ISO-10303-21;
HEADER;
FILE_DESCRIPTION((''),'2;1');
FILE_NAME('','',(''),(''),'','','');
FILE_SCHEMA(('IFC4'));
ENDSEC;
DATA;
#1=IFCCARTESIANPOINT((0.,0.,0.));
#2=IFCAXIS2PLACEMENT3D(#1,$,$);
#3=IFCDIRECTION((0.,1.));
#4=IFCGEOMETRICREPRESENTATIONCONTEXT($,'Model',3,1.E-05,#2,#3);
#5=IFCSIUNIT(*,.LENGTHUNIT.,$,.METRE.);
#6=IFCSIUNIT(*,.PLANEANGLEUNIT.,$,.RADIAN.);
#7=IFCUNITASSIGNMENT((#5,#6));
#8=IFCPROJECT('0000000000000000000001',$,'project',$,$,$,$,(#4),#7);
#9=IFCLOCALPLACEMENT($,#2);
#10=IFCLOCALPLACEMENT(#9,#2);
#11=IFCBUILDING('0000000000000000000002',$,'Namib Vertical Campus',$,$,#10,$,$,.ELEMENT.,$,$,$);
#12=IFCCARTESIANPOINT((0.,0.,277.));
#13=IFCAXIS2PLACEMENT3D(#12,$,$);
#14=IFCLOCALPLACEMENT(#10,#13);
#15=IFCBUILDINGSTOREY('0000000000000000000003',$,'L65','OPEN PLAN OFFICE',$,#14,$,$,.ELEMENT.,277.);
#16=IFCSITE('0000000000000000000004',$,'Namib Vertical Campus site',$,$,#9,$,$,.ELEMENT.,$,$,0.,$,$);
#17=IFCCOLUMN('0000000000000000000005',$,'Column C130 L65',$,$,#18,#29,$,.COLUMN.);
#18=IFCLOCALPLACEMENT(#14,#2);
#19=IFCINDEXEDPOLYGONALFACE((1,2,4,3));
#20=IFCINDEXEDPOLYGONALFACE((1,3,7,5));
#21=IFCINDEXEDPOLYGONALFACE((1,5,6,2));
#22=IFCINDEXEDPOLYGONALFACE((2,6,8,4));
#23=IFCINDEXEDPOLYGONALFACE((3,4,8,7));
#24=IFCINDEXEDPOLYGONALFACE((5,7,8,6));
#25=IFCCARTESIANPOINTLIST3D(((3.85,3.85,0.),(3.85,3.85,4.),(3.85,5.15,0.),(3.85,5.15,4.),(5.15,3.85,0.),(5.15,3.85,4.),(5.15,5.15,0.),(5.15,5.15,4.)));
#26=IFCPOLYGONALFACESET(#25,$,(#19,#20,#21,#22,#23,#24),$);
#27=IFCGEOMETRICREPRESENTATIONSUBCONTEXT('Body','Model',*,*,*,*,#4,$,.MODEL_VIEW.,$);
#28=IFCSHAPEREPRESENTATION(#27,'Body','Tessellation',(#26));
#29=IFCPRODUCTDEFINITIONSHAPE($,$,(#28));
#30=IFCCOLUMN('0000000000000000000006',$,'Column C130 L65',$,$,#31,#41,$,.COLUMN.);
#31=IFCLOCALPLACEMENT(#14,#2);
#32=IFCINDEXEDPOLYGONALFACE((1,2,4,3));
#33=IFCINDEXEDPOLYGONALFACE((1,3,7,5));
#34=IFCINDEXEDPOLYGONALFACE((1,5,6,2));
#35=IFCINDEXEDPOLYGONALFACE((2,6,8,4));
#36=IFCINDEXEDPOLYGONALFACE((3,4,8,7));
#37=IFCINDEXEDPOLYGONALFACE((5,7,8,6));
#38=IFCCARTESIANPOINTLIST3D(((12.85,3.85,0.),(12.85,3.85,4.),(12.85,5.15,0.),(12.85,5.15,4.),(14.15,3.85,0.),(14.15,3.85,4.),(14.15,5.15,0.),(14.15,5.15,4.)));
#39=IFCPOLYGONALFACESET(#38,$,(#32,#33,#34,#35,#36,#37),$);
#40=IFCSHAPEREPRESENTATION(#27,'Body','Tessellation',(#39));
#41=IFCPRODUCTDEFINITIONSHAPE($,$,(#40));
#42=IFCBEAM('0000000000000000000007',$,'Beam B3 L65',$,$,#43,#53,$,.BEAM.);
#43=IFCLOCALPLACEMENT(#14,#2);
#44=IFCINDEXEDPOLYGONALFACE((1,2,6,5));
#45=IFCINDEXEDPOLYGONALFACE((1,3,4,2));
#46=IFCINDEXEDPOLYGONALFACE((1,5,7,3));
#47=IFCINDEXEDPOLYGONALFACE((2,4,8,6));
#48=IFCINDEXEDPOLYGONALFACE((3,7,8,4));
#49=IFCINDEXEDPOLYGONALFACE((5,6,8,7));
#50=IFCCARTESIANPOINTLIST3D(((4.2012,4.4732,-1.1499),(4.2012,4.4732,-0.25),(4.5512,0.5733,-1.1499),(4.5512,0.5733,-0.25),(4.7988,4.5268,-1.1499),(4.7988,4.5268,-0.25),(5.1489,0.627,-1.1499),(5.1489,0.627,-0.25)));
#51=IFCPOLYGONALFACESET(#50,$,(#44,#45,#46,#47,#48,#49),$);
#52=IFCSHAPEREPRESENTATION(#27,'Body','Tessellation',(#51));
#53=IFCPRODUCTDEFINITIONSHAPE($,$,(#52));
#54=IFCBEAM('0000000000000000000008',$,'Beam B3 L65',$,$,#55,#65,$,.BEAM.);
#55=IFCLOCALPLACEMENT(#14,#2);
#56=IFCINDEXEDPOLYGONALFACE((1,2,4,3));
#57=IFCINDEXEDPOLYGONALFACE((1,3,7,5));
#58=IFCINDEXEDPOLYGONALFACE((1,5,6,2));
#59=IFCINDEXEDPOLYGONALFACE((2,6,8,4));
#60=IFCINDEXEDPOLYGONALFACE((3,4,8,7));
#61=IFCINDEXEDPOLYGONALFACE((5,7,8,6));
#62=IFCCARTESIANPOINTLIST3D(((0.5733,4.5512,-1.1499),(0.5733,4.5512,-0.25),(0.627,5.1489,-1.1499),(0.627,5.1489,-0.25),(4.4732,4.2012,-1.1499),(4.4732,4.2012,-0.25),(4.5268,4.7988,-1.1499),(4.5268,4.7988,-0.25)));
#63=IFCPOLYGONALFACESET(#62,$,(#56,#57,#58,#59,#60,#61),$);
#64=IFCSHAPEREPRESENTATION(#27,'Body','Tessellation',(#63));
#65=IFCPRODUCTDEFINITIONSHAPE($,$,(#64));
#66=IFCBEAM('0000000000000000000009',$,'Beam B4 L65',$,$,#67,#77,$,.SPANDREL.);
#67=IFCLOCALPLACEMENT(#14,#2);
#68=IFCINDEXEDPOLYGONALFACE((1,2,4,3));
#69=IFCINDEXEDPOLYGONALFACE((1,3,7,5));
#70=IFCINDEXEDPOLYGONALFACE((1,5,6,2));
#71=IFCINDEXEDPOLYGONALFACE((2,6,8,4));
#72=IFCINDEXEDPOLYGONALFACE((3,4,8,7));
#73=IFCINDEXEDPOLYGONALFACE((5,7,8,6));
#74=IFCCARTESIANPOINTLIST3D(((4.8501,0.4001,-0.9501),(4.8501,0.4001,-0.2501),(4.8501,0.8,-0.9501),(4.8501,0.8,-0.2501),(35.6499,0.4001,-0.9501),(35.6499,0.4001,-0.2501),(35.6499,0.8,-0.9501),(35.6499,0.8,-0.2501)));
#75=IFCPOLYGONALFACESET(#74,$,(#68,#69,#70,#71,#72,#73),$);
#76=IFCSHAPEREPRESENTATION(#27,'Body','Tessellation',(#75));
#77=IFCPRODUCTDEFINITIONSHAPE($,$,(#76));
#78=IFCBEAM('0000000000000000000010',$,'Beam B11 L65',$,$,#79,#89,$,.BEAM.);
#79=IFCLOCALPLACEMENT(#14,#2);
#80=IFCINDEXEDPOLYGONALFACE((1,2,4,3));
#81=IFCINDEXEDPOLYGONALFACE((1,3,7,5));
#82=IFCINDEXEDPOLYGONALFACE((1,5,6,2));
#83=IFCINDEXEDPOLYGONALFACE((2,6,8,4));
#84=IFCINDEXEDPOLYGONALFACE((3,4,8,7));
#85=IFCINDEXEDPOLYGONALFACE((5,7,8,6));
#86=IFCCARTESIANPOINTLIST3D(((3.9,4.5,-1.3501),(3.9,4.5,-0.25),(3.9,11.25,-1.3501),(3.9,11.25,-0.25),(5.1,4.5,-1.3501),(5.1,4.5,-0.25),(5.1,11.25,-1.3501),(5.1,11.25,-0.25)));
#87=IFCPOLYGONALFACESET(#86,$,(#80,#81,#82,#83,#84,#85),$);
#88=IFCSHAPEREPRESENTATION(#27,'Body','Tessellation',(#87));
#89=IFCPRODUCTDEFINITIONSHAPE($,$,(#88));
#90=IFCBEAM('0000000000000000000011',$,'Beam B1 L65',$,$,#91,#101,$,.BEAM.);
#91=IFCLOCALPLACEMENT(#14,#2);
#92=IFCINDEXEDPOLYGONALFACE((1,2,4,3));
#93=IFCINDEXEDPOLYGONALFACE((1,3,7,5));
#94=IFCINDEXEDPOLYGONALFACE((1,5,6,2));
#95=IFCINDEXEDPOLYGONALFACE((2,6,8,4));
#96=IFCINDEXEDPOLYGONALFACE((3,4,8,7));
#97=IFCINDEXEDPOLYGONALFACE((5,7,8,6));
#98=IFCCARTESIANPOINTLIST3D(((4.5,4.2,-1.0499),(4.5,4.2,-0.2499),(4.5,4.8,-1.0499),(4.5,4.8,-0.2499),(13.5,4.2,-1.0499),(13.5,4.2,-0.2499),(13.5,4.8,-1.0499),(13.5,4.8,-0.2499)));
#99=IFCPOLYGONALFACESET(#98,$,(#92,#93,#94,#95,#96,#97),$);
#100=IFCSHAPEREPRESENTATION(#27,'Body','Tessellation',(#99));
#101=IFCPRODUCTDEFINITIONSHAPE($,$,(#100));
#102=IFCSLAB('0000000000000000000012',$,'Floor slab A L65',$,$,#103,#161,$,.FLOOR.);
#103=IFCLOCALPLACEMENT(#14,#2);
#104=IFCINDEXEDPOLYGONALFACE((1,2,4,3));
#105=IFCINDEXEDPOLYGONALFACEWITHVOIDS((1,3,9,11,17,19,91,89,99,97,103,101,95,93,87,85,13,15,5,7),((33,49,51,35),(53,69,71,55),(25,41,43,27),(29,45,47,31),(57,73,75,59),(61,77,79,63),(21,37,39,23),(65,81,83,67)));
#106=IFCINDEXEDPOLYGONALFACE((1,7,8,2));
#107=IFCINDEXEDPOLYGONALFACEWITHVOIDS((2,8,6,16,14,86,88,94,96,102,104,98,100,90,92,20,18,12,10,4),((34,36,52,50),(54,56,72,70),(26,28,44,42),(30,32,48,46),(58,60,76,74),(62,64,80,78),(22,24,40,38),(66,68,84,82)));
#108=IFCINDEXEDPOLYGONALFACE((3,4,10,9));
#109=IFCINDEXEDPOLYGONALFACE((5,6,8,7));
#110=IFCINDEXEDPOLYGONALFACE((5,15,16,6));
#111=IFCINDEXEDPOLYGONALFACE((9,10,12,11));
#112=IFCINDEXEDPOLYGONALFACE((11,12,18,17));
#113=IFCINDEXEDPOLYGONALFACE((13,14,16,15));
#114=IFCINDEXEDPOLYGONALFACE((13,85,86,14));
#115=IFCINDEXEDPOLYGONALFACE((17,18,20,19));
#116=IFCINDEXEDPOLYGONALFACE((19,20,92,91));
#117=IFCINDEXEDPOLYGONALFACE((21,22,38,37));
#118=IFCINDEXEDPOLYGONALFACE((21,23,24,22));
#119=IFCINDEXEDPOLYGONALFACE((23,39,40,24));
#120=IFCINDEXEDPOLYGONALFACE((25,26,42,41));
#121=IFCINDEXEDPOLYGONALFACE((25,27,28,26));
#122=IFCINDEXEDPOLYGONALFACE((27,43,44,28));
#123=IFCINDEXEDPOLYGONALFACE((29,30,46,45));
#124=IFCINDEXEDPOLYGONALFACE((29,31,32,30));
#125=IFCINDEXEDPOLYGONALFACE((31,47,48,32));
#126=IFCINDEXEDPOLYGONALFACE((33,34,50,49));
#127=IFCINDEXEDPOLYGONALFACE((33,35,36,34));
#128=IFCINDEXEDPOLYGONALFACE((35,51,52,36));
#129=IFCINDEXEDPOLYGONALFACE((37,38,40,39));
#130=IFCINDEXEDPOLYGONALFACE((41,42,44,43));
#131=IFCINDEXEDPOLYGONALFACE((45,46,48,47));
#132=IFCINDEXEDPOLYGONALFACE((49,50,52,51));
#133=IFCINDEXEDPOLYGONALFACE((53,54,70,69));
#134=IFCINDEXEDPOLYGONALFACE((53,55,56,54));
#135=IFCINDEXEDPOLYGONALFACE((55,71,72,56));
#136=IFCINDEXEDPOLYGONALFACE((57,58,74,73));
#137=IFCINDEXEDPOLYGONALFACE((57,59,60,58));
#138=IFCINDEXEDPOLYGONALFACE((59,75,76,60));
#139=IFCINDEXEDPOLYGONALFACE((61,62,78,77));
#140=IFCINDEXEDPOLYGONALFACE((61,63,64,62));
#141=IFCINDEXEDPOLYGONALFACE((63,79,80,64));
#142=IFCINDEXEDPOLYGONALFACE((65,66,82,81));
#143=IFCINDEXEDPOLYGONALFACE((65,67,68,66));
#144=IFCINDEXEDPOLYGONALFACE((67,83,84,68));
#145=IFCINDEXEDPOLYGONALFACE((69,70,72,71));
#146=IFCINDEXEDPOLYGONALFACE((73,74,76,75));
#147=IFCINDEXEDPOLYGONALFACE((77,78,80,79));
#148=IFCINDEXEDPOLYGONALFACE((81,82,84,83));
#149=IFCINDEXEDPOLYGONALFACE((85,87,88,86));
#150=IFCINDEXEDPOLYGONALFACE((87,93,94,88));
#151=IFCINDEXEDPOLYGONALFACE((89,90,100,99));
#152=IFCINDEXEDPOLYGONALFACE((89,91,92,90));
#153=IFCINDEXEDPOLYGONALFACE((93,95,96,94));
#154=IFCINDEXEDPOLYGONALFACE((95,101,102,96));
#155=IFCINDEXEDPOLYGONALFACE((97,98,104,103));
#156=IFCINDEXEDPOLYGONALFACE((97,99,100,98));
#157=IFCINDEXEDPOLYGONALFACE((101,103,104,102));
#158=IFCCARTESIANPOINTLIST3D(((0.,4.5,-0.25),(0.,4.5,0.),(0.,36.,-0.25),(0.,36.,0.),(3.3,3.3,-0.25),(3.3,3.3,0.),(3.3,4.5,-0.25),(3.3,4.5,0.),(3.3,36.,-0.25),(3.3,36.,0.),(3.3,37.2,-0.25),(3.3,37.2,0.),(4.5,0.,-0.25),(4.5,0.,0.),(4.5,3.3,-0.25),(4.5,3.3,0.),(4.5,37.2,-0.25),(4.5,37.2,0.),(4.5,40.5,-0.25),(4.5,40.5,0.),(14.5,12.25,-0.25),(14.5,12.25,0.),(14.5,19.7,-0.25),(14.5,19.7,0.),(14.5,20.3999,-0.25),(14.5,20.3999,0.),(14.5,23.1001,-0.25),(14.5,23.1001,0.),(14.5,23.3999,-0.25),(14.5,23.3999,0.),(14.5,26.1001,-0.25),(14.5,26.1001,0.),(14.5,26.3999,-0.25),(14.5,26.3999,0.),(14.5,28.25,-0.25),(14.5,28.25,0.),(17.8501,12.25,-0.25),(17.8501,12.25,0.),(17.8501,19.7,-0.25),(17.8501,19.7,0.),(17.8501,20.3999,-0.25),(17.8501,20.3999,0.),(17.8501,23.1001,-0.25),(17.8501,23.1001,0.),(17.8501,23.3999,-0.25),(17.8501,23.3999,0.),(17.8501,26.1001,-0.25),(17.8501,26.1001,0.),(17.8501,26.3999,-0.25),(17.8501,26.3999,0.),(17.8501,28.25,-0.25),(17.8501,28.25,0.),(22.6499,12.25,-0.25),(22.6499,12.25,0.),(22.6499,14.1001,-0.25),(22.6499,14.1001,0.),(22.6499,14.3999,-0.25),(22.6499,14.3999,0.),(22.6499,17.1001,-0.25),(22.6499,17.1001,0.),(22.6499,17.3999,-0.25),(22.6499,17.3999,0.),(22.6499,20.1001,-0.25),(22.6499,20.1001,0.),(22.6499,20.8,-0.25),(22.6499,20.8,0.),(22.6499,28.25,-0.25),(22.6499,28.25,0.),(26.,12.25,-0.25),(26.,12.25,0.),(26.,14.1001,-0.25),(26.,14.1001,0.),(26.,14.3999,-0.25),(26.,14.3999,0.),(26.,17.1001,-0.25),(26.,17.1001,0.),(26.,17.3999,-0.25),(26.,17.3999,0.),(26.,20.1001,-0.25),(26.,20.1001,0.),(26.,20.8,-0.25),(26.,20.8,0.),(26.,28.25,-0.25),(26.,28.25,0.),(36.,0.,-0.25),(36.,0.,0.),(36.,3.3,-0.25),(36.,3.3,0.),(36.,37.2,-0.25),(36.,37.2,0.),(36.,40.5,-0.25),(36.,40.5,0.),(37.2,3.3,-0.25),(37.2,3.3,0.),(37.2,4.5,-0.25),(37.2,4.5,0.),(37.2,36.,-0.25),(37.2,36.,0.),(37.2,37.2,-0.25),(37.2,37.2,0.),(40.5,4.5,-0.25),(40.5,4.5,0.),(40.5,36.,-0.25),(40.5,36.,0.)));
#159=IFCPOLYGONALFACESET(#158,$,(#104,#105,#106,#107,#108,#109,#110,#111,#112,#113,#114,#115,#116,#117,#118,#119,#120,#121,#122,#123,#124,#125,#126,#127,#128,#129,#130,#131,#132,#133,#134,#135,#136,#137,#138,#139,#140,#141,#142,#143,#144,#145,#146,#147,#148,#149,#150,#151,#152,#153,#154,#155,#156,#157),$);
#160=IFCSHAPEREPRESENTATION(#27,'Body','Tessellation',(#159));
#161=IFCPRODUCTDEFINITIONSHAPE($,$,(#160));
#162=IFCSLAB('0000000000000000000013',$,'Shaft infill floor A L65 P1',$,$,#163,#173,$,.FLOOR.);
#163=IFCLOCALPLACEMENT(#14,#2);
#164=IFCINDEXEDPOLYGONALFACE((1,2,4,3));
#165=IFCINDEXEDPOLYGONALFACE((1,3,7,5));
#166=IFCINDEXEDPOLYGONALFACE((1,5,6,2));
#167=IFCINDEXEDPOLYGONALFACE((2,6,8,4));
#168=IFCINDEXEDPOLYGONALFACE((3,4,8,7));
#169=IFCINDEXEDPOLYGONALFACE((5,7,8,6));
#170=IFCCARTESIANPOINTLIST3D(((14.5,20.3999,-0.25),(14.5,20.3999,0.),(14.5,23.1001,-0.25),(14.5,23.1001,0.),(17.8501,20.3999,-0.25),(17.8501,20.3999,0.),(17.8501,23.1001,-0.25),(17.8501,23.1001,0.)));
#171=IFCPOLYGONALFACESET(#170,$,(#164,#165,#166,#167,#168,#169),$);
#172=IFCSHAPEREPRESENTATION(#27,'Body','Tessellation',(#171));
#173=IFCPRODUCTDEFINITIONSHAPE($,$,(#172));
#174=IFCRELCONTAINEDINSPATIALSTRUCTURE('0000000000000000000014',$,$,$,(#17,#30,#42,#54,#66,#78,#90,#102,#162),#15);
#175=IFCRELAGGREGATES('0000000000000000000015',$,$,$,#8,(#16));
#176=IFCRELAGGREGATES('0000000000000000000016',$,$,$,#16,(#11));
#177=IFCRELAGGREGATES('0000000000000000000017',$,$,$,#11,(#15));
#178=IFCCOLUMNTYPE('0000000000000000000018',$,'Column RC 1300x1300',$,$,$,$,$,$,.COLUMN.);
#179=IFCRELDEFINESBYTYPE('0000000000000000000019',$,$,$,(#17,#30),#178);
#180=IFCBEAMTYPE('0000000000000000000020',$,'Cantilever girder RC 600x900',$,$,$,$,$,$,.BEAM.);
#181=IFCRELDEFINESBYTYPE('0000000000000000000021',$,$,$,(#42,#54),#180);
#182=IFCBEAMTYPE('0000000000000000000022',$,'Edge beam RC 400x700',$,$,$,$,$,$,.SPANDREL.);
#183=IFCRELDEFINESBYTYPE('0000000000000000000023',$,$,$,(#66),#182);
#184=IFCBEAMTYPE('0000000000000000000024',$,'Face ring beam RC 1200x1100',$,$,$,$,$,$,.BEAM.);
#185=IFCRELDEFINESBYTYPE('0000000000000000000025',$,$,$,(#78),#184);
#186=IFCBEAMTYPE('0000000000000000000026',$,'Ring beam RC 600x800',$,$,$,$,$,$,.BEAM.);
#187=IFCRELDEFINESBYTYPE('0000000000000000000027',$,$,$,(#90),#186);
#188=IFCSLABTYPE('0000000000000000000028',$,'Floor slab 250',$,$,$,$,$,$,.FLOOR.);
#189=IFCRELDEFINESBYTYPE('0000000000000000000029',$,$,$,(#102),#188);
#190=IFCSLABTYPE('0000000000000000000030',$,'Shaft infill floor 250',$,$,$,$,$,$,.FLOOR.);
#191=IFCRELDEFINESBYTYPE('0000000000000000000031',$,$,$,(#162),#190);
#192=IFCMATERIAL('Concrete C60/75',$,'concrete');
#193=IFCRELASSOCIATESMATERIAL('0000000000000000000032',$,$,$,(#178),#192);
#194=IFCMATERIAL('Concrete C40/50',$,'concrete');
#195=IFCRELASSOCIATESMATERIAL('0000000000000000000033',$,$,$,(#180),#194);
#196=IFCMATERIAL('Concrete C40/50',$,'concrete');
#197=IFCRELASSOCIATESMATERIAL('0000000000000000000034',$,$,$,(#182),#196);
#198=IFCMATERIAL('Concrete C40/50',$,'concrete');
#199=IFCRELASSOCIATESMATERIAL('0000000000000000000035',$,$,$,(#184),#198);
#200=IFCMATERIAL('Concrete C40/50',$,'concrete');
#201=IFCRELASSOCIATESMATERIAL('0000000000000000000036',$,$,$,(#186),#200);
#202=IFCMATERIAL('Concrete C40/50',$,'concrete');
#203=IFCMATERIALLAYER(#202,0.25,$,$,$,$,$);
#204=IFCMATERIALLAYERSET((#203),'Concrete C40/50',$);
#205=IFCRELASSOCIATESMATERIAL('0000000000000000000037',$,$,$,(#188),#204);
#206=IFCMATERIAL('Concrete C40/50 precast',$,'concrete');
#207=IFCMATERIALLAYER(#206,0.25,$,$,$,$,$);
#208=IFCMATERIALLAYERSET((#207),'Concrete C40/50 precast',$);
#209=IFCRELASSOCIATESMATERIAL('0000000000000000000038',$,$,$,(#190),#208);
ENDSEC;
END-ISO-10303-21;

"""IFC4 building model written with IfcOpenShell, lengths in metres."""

from ifc_helpers import new_model, si_unit, direction, frame, origin, origin_2d, place, context, subcontext, project, spatial, polyline, rectangle, outline, extrude, material, layer, layer_set, material_profile, profile_set, type_object, element, save


model = new_model("IFC4")

# Units and contexts
model_context = context("Model", 3, precision=1e-05, world=origin(), true_north=direction((0.0, 1.0)))
body_context = subcontext(model_context, "Body", "Model", "MODEL_VIEW")
ifc_project = project(units=[si_unit("LENGTHUNIT", "METRE"), si_unit("PLANEANGLEUNIT", "RADIAN")], contexts=[model_context])

# Site, building, storey
site_placement = place(None, origin())
site = spatial("IfcSite", under=ifc_project, at=site_placement, Name="Namib Vertical Campus site", CompositionType="ELEMENT", RefElevation=0.0)
building_placement = place(site_placement, origin())
building = spatial("IfcBuilding", under=site, at=building_placement, Name="Namib Vertical Campus", CompositionType="ELEMENT")
storey_placement = place(building_placement, frame((0.0, 0.0, 277.0)))
storey = spatial("IfcBuildingStorey", under=building, at=storey_placement, Name="L65", Description="OPEN PLAN OFFICE", CompositionType="ELEMENT", Elevation=277.0)

# Columns
ifc_material_1 = material(Name="Concrete C60/75", Category="concrete")
ifc_material_profile_1 = material_profile(ifc_material_1, rectangle(XDim=1.3, YDim=1.3, at=origin_2d()))
ifc_profile_set_1 = profile_set([ifc_material_profile_1], Name="Concrete C60/75")
column_type = type_object("IfcColumnType", Name="Column RC 1300x1300", PredefinedType="COLUMN", material=ifc_profile_set_1)
for number, where, z_axis, x_axis, name in (
    (1, (4.5, 4.5, 0.0), (0.0, 0.0, 1.0), (1.0, 0.0, 0.0), "Column C130 L65"),
    (2, (13.5, 4.5, 0.0), (0.0, 0.0, 1.0), (1.0, 0.0, 0.0), "Column C130 L65"),
):
    element("IfcColumn", number, at=place(storey_placement, frame(where, z_axis=z_axis, x_axis=x_axis)), inside=storey, type_object=column_type, Name=name, PredefinedType="COLUMN", context=body_context, shape_type="SweptSolid", body=[
        extrude(rectangle(XDim=1.3, YDim=1.3, at=origin_2d()), origin(), (0.0, 0.0, 1.0), 4.0),
    ])

# Beams
ifc_material_2 = material(Name="Concrete C40/50", Category="concrete")
ifc_material_profile_2 = material_profile(ifc_material_2, rectangle(XDim=0.6001, YDim=0.8999, at=origin_2d()))
ifc_profile_set_2 = profile_set([ifc_material_profile_2], Name="Concrete C40/50")
beam_type_1 = type_object("IfcBeamType", Name="Cantilever girder RC 600x900", PredefinedType="BEAM", material=ifc_profile_set_2)
for number, where, z_axis, x_axis, name in (
    (3, (4.5, 4.5, -0.7), (0.089411, -0.995995, 0.0), (0.995995, 0.089411, 0.0), "Beam B3 L65"),
    (4, (4.5, 4.5, -0.7), (-0.995995, 0.089411, 0.0), (-0.089411, -0.995995, 0.0), "Beam B3 L65"),
):
    element("IfcBeam", number, at=place(storey_placement, frame(where, z_axis=z_axis, x_axis=x_axis)), inside=storey, type_object=beam_type_1, Name=name, PredefinedType="BEAM", context=body_context, shape_type="SweptSolid", body=[
        extrude(rectangle(XDim=0.6001, YDim=0.8999, at=origin_2d()), origin(), (0.0, 0.0, 1.0), 3.9155),
    ])
ifc_material_3 = material(Name="Concrete C40/50", Category="concrete")
ifc_material_profile_3 = material_profile(ifc_material_3, rectangle(XDim=0.3999, YDim=0.7, at=origin_2d()))
ifc_profile_set_3 = profile_set([ifc_material_profile_3], Name="Concrete C40/50")
beam_type_2 = type_object("IfcBeamType", Name="Edge beam RC 400x700", PredefinedType="SPANDREL", material=ifc_profile_set_3)
beam_1_placement = place(storey_placement, frame((4.8501, 0.6001, -0.6001), z_axis=(1.0, 0.0, 0.0), x_axis=(0.0, 1.0, 0.0)))
element("IfcBeam", 5, at=beam_1_placement, inside=storey, type_object=beam_type_2, Name="Beam B4 L65", PredefinedType="SPANDREL", context=body_context, shape_type="SweptSolid", body=[
    extrude(rectangle(XDim=0.3999, YDim=0.7, at=origin_2d()), origin(), (0.0, 0.0, 1.0), 30.7998),
])
ifc_material_4 = material(Name="Concrete C40/50", Category="concrete")
ifc_material_profile_4 = material_profile(ifc_material_4, rectangle(XDim=1.2, YDim=1.1001, at=origin_2d()))
ifc_profile_set_4 = profile_set([ifc_material_profile_4], Name="Concrete C40/50")
beam_type_3 = type_object("IfcBeamType", Name="Face ring beam RC 1200x1100", PredefinedType="BEAM", material=ifc_profile_set_4)
beam_2_placement = place(storey_placement, frame((4.5, 4.5, -0.8), z_axis=(0.0, 1.0, 0.0), x_axis=(-1.0, 0.0, 0.0)))
element("IfcBeam", 6, at=beam_2_placement, inside=storey, type_object=beam_type_3, Name="Beam B11 L65", PredefinedType="BEAM", context=body_context, shape_type="SweptSolid", body=[
    extrude(rectangle(XDim=1.2, YDim=1.1001, at=origin_2d()), origin(), (0.0, 0.0, 1.0), 6.75),
])
ifc_material_5 = material(Name="Concrete C40/50", Category="concrete")
ifc_material_profile_5 = material_profile(ifc_material_5, rectangle(XDim=0.6001, YDim=0.8, at=origin_2d()))
ifc_profile_set_5 = profile_set([ifc_material_profile_5], Name="Concrete C40/50")
beam_type_4 = type_object("IfcBeamType", Name="Ring beam RC 600x800", PredefinedType="BEAM", material=ifc_profile_set_5)
beam_3_placement = place(storey_placement, frame((4.5, 4.5, -0.6499), z_axis=(1.0, 0.0, 0.0), x_axis=(0.0, 1.0, 0.0)))
element("IfcBeam", 7, at=beam_3_placement, inside=storey, type_object=beam_type_4, Name="Beam B1 L65", PredefinedType="BEAM", context=body_context, shape_type="SweptSolid", body=[
    extrude(rectangle(XDim=0.6001, YDim=0.8, at=origin_2d()), origin(), (0.0, 0.0, 1.0), 9.0),
])

# Slabs
ifc_material_6 = material(Name="Concrete C40/50", Category="concrete")
ifc_layer_1 = layer(ifc_material_6, 0.25)
ifc_layer_set_1 = layer_set([ifc_layer_1], Name="Concrete C40/50")
slab_type_1 = type_object("IfcSlabType", Name="Floor slab 250", PredefinedType="FLOOR", material=ifc_layer_set_1)
slab_1_placement = place(storey_placement, frame((0.0, 0.0, -0.25)))
element("IfcSlab", 8, at=slab_1_placement, inside=storey, type_object=slab_type_1, Name="Floor slab A L65", PredefinedType="FLOOR", context=body_context, shape_type="SweptSolid", body=[
    extrude(outline(polyline([(4.5, 0.0), (36.0, 0.0), (36.0, 3.3), (37.2, 3.3), (37.2, 4.5), (40.5, 4.5), (40.5, 36.0), (37.2, 36.0), (37.2, 37.2), (36.0, 37.2), (36.0, 40.5), (4.5, 40.5), (4.5, 37.2), (3.3, 37.2), (3.3, 36.0), (0.0, 36.0), (0.0, 4.5), (3.3, 4.5), (3.3, 3.3), (4.5, 3.3), (4.5, 0.0)]), holes=[polyline([(14.5, 12.25), (17.8501, 12.25), (17.8501, 19.7), (14.5, 19.7), (14.5, 12.25)]), polyline([(22.6499, 20.8), (26.0, 20.8), (26.0, 28.25), (22.6499, 28.25), (22.6499, 20.8)]), polyline([(22.6499, 12.25), (26.0, 12.25), (26.0, 14.1001), (22.6499, 14.1001), (22.6499, 12.25)]), polyline([(14.5, 20.3999), (17.8501, 20.3999), (17.8501, 23.1001), (14.5, 23.1001), (14.5, 20.3999)]), polyline([(14.5, 23.3999), (17.8501, 23.3999), (17.8501, 26.1001), (14.5, 26.1001), (14.5, 23.3999)]), polyline([(14.5, 26.3999), (17.8501, 26.3999), (17.8501, 28.25), (14.5, 28.25), (14.5, 26.3999)]), polyline([(22.6499, 14.3999), (26.0, 14.3999), (26.0, 17.1001), (22.6499, 17.1001), (22.6499, 14.3999)]), polyline([(22.6499, 17.3999), (26.0, 17.3999), (26.0, 20.1001), (22.6499, 20.1001), (22.6499, 17.3999)])]), origin(), (0.0, 0.0, 1.0), 0.25),
])
ifc_material_7 = material(Name="Concrete C40/50 precast", Category="concrete")
ifc_layer_2 = layer(ifc_material_7, 0.25)
ifc_layer_set_2 = layer_set([ifc_layer_2], Name="Concrete C40/50 precast")
slab_type_2 = type_object("IfcSlabType", Name="Shaft infill floor 250", PredefinedType="FLOOR", material=ifc_layer_set_2)
slab_2_placement = place(storey_placement, frame((0.0, 0.0, -0.25)))
element("IfcSlab", 9, at=slab_2_placement, inside=storey, type_object=slab_type_2, Name="Shaft infill floor A L65 P1", PredefinedType="FLOOR", context=body_context, shape_type="SweptSolid", body=[
    extrude(outline(polyline([(14.5, 20.3999), (17.8501, 20.3999), (17.8501, 23.1001), (14.5, 23.1001), (14.5, 20.3999)])), origin(), (0.0, 0.0, 1.0), 0.25),
])

save(model, "model.ifc")
